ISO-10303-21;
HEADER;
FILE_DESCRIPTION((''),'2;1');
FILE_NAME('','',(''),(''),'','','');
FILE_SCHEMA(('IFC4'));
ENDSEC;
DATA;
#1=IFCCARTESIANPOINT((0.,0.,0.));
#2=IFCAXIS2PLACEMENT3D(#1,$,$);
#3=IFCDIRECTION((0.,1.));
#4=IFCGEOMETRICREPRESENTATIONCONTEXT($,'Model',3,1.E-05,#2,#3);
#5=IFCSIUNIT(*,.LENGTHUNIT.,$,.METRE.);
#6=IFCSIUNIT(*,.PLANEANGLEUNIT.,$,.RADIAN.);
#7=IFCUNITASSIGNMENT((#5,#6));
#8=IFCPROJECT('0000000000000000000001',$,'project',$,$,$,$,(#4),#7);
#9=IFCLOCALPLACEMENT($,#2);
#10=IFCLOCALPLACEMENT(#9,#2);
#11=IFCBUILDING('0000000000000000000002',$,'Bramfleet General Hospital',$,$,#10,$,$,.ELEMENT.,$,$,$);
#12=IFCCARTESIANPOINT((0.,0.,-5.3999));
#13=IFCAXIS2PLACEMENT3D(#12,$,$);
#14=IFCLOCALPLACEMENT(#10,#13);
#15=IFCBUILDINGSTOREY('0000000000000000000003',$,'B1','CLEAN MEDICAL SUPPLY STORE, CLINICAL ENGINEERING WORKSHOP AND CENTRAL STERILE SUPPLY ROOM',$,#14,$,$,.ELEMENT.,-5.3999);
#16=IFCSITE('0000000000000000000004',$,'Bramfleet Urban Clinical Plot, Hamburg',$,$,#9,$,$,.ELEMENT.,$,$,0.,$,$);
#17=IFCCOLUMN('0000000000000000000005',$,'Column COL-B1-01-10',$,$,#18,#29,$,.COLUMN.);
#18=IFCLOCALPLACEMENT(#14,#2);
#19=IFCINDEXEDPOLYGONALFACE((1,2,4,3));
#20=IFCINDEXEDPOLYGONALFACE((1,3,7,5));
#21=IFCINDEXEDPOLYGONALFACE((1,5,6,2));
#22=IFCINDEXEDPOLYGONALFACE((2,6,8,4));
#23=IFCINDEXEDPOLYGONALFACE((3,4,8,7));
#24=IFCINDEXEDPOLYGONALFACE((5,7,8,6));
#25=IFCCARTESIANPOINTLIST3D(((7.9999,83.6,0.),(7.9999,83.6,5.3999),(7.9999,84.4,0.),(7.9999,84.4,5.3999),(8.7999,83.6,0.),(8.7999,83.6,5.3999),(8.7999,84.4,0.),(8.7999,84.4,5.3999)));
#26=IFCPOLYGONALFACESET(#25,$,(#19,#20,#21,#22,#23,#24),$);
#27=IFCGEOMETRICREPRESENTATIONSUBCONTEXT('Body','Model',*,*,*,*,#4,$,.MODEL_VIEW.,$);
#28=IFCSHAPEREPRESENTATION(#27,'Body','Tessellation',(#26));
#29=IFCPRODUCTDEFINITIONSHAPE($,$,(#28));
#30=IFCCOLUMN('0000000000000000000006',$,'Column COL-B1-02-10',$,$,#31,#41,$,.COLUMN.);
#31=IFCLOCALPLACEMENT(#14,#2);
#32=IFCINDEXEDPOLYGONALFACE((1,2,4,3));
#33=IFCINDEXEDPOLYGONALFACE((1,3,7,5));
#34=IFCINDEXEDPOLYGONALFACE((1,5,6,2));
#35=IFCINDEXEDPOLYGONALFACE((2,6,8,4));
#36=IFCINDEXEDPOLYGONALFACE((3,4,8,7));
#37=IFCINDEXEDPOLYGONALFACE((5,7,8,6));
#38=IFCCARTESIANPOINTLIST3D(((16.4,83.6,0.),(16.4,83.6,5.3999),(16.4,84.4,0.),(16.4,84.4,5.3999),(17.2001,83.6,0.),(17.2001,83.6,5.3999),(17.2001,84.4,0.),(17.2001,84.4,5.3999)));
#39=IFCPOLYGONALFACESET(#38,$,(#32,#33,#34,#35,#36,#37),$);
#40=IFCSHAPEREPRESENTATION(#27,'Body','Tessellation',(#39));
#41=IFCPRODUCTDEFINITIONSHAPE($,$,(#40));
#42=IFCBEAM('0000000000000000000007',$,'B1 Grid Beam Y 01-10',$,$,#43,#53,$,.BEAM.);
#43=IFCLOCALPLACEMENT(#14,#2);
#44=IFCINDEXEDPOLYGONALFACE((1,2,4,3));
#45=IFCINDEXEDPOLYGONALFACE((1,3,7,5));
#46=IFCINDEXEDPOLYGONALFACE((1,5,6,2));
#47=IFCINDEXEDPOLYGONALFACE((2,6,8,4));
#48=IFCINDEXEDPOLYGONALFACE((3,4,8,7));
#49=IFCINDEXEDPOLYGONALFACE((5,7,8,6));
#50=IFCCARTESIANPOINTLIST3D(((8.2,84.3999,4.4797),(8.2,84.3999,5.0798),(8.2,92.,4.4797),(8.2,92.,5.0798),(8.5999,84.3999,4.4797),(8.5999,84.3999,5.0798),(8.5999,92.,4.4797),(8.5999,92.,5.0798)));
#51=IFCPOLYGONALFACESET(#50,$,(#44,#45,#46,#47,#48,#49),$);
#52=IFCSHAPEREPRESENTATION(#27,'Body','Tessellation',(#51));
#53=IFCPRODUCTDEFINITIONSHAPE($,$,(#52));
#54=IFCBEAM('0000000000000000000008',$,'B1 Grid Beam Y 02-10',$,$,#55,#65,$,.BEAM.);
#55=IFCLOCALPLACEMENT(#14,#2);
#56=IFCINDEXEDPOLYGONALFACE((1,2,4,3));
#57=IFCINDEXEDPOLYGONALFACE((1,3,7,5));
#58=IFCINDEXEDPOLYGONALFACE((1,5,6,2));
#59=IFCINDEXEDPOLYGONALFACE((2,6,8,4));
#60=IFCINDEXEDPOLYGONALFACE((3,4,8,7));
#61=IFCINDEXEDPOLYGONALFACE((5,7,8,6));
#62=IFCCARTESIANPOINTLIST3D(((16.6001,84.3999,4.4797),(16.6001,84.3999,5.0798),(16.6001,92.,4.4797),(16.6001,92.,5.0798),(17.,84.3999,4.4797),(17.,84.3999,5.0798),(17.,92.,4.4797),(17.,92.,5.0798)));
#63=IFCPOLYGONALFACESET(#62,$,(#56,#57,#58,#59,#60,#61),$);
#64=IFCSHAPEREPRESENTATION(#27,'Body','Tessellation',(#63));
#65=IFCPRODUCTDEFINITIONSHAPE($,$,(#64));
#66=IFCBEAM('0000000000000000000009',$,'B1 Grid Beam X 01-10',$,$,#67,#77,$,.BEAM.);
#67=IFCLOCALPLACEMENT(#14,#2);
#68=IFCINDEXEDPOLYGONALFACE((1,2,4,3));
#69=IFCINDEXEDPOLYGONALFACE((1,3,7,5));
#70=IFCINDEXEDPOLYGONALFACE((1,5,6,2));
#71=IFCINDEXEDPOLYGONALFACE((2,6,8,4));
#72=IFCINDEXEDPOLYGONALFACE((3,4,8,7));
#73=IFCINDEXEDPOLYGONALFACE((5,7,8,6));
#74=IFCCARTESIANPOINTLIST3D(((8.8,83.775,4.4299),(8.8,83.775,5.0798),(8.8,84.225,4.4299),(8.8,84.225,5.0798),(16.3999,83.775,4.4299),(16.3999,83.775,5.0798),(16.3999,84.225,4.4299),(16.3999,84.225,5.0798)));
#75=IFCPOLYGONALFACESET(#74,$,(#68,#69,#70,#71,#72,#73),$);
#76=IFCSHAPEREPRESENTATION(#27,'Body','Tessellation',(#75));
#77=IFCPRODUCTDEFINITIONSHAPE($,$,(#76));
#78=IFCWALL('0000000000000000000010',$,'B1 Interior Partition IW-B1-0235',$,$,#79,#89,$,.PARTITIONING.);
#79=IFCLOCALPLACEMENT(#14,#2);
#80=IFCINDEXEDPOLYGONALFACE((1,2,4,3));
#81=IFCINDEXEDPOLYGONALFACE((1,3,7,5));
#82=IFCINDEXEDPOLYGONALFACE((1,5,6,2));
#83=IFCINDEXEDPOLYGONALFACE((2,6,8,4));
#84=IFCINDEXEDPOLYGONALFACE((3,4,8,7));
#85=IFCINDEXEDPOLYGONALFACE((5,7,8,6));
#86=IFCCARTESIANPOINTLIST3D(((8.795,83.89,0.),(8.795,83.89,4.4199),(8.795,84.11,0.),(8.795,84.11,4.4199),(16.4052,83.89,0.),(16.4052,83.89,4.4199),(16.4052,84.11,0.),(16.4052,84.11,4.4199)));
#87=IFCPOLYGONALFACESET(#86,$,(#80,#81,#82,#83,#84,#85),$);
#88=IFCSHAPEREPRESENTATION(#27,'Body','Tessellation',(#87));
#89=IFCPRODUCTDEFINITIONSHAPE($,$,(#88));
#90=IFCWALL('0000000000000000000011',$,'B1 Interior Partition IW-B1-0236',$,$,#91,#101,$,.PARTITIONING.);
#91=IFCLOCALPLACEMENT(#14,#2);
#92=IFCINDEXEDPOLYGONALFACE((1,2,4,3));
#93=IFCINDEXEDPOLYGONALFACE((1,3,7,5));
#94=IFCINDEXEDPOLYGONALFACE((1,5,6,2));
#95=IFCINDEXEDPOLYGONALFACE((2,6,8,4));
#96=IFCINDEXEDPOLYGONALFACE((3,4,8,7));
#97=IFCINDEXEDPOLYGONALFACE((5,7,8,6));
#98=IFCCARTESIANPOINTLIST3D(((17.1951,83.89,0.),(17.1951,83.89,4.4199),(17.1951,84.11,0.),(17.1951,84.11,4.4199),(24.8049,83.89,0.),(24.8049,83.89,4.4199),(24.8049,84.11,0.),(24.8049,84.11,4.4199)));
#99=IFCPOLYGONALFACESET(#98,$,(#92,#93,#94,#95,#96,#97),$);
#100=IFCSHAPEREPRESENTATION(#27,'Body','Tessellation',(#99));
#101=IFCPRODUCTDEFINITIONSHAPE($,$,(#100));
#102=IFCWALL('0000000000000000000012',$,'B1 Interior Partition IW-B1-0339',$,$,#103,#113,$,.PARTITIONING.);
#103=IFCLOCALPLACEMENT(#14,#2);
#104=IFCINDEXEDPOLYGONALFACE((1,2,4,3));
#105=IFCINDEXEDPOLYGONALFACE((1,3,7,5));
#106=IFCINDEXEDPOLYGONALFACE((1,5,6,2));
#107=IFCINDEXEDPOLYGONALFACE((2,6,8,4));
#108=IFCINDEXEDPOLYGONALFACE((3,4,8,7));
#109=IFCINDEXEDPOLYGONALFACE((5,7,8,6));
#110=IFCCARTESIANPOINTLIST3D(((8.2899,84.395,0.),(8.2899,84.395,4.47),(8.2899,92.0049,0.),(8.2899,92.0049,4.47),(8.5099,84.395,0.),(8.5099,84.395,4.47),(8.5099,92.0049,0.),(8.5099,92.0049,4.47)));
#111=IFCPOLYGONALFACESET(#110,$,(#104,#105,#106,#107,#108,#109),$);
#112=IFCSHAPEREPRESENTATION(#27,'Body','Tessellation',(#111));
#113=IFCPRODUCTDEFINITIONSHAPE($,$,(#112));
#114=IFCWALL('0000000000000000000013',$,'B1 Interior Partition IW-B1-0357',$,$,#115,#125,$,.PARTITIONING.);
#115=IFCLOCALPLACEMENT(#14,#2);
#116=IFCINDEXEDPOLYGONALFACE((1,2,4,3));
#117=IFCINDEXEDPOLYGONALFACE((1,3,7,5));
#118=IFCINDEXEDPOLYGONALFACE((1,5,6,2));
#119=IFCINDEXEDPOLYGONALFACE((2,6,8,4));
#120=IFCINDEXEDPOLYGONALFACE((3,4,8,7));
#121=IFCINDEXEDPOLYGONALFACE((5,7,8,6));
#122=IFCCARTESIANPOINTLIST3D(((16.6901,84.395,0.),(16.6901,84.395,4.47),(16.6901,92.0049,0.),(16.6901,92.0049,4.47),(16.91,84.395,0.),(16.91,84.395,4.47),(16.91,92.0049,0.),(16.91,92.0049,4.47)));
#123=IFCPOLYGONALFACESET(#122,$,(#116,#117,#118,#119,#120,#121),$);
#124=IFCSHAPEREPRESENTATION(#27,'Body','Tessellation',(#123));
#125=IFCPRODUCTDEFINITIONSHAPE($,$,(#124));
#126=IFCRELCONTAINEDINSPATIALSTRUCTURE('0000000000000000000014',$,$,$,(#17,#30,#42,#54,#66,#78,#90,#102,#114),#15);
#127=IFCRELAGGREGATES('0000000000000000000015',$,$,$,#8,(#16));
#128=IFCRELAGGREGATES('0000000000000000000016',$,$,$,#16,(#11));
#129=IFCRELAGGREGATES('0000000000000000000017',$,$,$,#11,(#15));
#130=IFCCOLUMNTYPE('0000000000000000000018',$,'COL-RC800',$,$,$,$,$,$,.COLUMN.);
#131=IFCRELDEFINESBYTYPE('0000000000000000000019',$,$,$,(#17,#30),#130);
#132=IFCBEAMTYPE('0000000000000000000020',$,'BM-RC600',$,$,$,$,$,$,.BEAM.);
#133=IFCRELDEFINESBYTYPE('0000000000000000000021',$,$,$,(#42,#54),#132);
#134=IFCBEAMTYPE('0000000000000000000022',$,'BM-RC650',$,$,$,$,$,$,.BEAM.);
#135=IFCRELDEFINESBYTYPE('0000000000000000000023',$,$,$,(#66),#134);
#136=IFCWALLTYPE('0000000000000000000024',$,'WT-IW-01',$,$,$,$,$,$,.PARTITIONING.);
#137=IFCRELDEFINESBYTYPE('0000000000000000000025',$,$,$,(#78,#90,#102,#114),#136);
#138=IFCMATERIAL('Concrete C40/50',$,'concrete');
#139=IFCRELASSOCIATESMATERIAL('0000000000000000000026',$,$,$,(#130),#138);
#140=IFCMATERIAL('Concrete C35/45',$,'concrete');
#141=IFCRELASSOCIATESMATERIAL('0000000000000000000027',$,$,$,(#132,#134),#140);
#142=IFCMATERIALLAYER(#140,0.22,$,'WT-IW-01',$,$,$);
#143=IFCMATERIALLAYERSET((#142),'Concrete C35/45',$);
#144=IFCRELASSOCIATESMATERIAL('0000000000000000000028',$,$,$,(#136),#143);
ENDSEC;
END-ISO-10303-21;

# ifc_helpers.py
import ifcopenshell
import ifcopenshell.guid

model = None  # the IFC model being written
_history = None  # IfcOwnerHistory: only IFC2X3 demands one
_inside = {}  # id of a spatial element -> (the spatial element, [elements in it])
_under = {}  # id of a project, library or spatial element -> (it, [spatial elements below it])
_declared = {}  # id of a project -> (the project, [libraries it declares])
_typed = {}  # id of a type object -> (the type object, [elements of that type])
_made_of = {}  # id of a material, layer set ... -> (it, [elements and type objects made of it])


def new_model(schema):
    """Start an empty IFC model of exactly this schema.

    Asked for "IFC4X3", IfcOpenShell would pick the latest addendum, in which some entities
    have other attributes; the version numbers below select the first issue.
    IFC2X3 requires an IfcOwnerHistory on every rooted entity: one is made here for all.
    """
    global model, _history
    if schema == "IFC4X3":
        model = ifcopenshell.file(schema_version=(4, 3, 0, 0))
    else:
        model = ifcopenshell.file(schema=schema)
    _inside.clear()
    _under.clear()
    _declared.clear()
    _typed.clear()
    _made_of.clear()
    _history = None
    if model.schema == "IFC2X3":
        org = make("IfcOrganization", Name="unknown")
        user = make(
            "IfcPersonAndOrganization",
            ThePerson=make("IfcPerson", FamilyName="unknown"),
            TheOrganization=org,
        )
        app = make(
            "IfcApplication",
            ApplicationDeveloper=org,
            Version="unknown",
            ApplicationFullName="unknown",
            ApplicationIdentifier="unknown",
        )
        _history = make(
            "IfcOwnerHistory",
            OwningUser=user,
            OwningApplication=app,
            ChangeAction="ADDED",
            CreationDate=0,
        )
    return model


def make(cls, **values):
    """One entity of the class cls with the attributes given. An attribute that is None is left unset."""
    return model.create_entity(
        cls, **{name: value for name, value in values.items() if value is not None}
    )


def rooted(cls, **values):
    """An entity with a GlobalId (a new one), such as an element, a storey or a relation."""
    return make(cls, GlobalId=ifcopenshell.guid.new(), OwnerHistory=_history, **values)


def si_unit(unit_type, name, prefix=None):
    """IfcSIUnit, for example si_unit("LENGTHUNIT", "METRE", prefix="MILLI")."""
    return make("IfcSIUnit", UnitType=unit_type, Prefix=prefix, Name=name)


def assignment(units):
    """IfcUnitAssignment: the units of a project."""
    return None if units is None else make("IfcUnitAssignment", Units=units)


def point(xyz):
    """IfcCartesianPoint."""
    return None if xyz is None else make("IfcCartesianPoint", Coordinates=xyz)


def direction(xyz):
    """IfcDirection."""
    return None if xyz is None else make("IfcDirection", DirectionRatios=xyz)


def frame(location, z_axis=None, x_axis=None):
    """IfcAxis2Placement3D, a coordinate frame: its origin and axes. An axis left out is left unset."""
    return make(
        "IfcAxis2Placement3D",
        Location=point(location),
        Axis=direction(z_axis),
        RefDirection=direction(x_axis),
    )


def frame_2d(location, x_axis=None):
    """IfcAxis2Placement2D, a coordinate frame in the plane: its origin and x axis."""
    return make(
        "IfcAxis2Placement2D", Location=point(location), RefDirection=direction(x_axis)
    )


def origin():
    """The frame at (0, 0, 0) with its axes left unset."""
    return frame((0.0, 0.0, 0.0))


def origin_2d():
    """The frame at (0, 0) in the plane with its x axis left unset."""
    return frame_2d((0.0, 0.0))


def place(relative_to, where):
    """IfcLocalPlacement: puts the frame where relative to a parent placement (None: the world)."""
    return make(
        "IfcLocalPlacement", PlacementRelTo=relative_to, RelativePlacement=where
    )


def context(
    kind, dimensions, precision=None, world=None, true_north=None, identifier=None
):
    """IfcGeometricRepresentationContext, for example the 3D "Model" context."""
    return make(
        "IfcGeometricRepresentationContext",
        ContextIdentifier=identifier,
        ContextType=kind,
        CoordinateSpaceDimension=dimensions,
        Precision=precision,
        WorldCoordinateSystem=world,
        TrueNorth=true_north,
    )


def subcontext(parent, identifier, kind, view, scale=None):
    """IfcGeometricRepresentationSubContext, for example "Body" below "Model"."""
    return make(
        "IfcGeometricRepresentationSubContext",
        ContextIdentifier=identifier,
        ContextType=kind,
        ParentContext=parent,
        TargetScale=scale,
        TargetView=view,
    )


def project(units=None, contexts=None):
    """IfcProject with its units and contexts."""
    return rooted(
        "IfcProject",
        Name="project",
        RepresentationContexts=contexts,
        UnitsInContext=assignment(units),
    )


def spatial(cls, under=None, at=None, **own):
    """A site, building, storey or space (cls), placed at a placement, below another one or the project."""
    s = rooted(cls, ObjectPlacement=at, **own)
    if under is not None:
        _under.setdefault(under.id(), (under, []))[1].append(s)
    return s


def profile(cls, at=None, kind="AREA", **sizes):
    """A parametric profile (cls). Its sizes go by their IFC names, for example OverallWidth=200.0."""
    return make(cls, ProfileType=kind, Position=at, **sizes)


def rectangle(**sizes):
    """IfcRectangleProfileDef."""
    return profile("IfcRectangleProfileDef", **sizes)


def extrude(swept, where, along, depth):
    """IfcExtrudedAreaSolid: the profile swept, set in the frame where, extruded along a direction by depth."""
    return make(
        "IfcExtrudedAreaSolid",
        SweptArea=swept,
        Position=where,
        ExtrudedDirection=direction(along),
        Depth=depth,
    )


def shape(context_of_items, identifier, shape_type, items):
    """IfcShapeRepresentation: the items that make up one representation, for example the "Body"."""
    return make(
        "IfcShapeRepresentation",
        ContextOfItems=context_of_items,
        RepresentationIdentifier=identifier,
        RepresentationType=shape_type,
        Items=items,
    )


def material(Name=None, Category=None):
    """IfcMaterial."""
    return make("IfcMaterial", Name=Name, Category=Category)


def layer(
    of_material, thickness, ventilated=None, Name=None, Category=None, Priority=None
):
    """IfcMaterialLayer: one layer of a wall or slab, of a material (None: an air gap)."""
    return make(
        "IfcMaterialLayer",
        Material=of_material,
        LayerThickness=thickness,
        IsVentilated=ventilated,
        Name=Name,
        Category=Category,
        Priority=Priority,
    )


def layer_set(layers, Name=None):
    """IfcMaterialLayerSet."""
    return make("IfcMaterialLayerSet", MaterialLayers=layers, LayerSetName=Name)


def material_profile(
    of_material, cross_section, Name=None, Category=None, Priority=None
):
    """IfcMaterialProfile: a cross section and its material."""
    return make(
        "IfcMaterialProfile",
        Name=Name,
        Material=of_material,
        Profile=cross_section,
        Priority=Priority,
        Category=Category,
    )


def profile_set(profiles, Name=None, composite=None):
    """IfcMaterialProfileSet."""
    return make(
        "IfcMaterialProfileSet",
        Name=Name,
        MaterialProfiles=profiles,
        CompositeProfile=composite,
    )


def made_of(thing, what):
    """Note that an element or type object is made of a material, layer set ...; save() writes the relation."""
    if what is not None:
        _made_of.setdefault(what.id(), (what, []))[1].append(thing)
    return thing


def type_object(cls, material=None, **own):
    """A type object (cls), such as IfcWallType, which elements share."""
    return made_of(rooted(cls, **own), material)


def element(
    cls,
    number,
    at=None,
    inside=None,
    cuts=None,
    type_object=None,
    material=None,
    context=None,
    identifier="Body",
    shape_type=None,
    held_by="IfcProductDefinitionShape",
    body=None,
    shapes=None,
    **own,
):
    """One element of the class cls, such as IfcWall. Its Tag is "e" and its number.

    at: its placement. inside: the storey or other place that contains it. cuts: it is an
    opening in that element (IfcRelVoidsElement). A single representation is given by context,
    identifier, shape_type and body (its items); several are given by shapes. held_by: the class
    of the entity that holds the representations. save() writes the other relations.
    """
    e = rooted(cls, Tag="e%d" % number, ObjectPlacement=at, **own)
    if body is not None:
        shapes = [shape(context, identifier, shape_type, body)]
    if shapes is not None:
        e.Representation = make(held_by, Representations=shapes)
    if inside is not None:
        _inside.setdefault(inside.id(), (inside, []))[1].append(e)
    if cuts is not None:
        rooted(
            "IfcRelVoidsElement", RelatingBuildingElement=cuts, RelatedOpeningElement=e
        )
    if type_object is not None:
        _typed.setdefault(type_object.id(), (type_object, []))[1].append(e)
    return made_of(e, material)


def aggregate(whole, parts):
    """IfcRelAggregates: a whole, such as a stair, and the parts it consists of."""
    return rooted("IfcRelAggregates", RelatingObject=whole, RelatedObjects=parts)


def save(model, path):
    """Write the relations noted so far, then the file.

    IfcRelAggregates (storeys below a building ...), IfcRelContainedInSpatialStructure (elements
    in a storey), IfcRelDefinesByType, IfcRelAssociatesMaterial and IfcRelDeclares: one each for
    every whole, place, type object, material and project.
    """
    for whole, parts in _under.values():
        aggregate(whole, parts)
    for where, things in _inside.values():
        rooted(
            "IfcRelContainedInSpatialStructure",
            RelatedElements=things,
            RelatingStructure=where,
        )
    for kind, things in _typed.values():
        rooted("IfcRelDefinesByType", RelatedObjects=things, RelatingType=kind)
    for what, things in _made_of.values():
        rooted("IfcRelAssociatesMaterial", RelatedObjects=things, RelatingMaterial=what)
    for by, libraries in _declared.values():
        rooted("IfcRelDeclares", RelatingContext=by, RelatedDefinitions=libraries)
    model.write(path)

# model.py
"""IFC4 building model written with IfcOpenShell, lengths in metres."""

from ifc_helpers import new_model, si_unit, direction, frame, frame_2d, origin, origin_2d, place, context, subcontext, project, spatial, rectangle, extrude, material, layer, layer_set, material_profile, profile_set, type_object, element, save


model = new_model("IFC4")

# Units and contexts
model_context = context("Model", 3, precision=1e-05, world=origin(), true_north=direction((0.0, 1.0)))
body_context = subcontext(model_context, "Body", "Model", "MODEL_VIEW")
ifc_project = project(units=[si_unit("LENGTHUNIT", "METRE"), si_unit("PLANEANGLEUNIT", "RADIAN")], contexts=[model_context])

# Site, building, storey
site_placement = place(None, origin())
site = spatial("IfcSite", under=ifc_project, at=site_placement, Name="Bramfleet Urban Clinical Plot, Hamburg", CompositionType="ELEMENT", RefElevation=0.0)
building_placement = place(site_placement, origin())
building = spatial("IfcBuilding", under=site, at=building_placement, Name="Bramfleet General Hospital", CompositionType="ELEMENT")
storey_placement = place(building_placement, frame((0.0, 0.0, -5.3999)))
storey = spatial("IfcBuildingStorey", under=building, at=storey_placement, Name="B1", Description="CLEAN MEDICAL SUPPLY STORE, CLINICAL ENGINEERING WORKSHOP AND CENTRAL STERILE SUPPLY ROOM", CompositionType="ELEMENT", Elevation=-5.3999)

# Shared definitions
ifc_material_1 = material(Name="Concrete C35/45", Category="concrete")

# Columns
ifc_material_2 = material(Name="Concrete C40/50", Category="concrete")
ifc_material_profile_1 = material_profile(ifc_material_2, rectangle(XDim=0.8, YDim=0.8, at=origin_2d()), Name="RC COL 800x800")
ifc_profile_set_1 = profile_set([ifc_material_profile_1], Name="Concrete C40/50")
column_type = type_object("IfcColumnType", Name="COL-RC800", PredefinedType="COLUMN", material=ifc_profile_set_1)
for number, where, z_axis, x_axis, name in (
    (1, (8.3999, 84.0, 0.0), (0.0, 0.0, 1.0), (1.0, 0.0, 0.0), "Column COL-B1-01-10"),
    (2, (16.8, 84.0, 0.0), (0.0, 0.0, 1.0), (1.0, 0.0, 0.0), "Column COL-B1-02-10"),
):
    element("IfcColumn", number, at=place(storey_placement, frame(where, z_axis=z_axis, x_axis=x_axis)), inside=storey, type_object=column_type, Name=name, PredefinedType="COLUMN", context=body_context, shape_type="SweptSolid", body=[
        extrude(rectangle(XDim=0.8, YDim=0.8, at=origin_2d()), origin(), (0.0, 0.0, 1.0), 5.3999),
    ])

# Beams
ifc_material_profile_2 = material_profile(ifc_material_1, rectangle(XDim=0.3999, YDim=0.6001, at=origin_2d()), Name="RC BM 600x400")
ifc_profile_set_2 = profile_set([ifc_material_profile_2], Name="Concrete C35/45")
beam_type_1 = type_object("IfcBeamType", Name="BM-RC600", PredefinedType="BEAM", material=ifc_profile_set_2)
for number, where, z_axis, x_axis, name in (
    (3, (8.3999, 84.3999, 4.7798), (0.0, 1.0, 0.0), (-1.0, 0.0, 0.0), "B1 Grid Beam Y 01-10"),
    (4, (16.8, 84.3999, 4.7798), (0.0, 1.0, 0.0), (-1.0, 0.0, 0.0), "B1 Grid Beam Y 02-10"),
):
    element("IfcBeam", number, at=place(storey_placement, frame(where, z_axis=z_axis, x_axis=x_axis)), inside=storey, type_object=beam_type_1, Name=name, PredefinedType="BEAM", context=body_context, shape_type="SweptSolid", body=[
        extrude(rectangle(XDim=0.3999, YDim=0.6001, at=origin_2d()), origin(), (0.0, 0.0, 1.0), 7.6001),
    ])
ifc_material_profile_3 = material_profile(ifc_material_1, rectangle(XDim=0.45, YDim=0.6499, at=origin_2d()), Name="RC BM 650x450")
ifc_profile_set_3 = profile_set([ifc_material_profile_3], Name="Concrete C35/45")
beam_type_2 = type_object("IfcBeamType", Name="BM-RC650", PredefinedType="BEAM", material=ifc_profile_set_3)
beam_placement = place(storey_placement, frame((8.8, 84.0, 4.7549), z_axis=(1.0, 0.0, 0.0), x_axis=(0.0, 1.0, 0.0)))
element("IfcBeam", 5, at=beam_placement, inside=storey, type_object=beam_type_2, Name="B1 Grid Beam X 01-10", PredefinedType="BEAM", context=body_context, shape_type="SweptSolid", body=[
    extrude(rectangle(XDim=0.45, YDim=0.6499, at=origin_2d()), origin(), (0.0, 0.0, 1.0), 7.5999),
])

# Walls
ifc_layer = layer(ifc_material_1, 0.22, Name="WT-IW-01")
ifc_layer_set = layer_set([ifc_layer], Name="Concrete C35/45")
wall_type = type_object("IfcWallType", Name="WT-IW-01", PredefinedType="PARTITIONING", material=ifc_layer_set)
wall_1_placement = place(storey_placement, frame((8.7949, 84.0, 0.0), z_axis=(0.0, 0.0, 1.0), x_axis=(1.0, 0.0, 0.0)))
element("IfcWall", 6, at=wall_1_placement, inside=storey, type_object=wall_type, Name="B1 Interior Partition IW-B1-0235", PredefinedType="PARTITIONING", context=body_context, shape_type="SweptSolid", body=[
    extrude(rectangle(XDim=7.6101, YDim=0.22, at=frame_2d((3.8052, 0.0))), origin(), (0.0, 0.0, 1.0), 4.4199),
])
wall_2_placement = place(storey_placement, frame((17.1951, 84.0, 0.0), z_axis=(0.0, 0.0, 1.0), x_axis=(1.0, 0.0, 0.0)))
element("IfcWall", 7, at=wall_2_placement, inside=storey, type_object=wall_type, Name="B1 Interior Partition IW-B1-0236", PredefinedType="PARTITIONING", context=body_context, shape_type="SweptSolid", body=[
    extrude(rectangle(XDim=7.6099, YDim=0.22, at=frame_2d((3.8049, 0.0))), origin(), (0.0, 0.0, 1.0), 4.4199),
])
for number, where, z_axis, x_axis, name in (
    (8, (8.3999, 84.395, 0.0), (0.0, 0.0, 1.0), (0.0, 1.0, 0.0), "B1 Interior Partition IW-B1-0339"),
    (9, (16.8, 84.395, 0.0), (0.0, 0.0, 1.0), (0.0, 1.0, 0.0), "B1 Interior Partition IW-B1-0357"),
):
    element("IfcWall", number, at=place(storey_placement, frame(where, z_axis=z_axis, x_axis=x_axis)), inside=storey, type_object=wall_type, Name=name, PredefinedType="PARTITIONING", context=body_context, shape_type="SweptSolid", body=[
        extrude(rectangle(XDim=7.6099, YDim=0.22, at=frame_2d((3.8049, 0.0))), origin(), (0.0, 0.0, 1.0), 4.47),
    ])

save(model, "model.ifc")
